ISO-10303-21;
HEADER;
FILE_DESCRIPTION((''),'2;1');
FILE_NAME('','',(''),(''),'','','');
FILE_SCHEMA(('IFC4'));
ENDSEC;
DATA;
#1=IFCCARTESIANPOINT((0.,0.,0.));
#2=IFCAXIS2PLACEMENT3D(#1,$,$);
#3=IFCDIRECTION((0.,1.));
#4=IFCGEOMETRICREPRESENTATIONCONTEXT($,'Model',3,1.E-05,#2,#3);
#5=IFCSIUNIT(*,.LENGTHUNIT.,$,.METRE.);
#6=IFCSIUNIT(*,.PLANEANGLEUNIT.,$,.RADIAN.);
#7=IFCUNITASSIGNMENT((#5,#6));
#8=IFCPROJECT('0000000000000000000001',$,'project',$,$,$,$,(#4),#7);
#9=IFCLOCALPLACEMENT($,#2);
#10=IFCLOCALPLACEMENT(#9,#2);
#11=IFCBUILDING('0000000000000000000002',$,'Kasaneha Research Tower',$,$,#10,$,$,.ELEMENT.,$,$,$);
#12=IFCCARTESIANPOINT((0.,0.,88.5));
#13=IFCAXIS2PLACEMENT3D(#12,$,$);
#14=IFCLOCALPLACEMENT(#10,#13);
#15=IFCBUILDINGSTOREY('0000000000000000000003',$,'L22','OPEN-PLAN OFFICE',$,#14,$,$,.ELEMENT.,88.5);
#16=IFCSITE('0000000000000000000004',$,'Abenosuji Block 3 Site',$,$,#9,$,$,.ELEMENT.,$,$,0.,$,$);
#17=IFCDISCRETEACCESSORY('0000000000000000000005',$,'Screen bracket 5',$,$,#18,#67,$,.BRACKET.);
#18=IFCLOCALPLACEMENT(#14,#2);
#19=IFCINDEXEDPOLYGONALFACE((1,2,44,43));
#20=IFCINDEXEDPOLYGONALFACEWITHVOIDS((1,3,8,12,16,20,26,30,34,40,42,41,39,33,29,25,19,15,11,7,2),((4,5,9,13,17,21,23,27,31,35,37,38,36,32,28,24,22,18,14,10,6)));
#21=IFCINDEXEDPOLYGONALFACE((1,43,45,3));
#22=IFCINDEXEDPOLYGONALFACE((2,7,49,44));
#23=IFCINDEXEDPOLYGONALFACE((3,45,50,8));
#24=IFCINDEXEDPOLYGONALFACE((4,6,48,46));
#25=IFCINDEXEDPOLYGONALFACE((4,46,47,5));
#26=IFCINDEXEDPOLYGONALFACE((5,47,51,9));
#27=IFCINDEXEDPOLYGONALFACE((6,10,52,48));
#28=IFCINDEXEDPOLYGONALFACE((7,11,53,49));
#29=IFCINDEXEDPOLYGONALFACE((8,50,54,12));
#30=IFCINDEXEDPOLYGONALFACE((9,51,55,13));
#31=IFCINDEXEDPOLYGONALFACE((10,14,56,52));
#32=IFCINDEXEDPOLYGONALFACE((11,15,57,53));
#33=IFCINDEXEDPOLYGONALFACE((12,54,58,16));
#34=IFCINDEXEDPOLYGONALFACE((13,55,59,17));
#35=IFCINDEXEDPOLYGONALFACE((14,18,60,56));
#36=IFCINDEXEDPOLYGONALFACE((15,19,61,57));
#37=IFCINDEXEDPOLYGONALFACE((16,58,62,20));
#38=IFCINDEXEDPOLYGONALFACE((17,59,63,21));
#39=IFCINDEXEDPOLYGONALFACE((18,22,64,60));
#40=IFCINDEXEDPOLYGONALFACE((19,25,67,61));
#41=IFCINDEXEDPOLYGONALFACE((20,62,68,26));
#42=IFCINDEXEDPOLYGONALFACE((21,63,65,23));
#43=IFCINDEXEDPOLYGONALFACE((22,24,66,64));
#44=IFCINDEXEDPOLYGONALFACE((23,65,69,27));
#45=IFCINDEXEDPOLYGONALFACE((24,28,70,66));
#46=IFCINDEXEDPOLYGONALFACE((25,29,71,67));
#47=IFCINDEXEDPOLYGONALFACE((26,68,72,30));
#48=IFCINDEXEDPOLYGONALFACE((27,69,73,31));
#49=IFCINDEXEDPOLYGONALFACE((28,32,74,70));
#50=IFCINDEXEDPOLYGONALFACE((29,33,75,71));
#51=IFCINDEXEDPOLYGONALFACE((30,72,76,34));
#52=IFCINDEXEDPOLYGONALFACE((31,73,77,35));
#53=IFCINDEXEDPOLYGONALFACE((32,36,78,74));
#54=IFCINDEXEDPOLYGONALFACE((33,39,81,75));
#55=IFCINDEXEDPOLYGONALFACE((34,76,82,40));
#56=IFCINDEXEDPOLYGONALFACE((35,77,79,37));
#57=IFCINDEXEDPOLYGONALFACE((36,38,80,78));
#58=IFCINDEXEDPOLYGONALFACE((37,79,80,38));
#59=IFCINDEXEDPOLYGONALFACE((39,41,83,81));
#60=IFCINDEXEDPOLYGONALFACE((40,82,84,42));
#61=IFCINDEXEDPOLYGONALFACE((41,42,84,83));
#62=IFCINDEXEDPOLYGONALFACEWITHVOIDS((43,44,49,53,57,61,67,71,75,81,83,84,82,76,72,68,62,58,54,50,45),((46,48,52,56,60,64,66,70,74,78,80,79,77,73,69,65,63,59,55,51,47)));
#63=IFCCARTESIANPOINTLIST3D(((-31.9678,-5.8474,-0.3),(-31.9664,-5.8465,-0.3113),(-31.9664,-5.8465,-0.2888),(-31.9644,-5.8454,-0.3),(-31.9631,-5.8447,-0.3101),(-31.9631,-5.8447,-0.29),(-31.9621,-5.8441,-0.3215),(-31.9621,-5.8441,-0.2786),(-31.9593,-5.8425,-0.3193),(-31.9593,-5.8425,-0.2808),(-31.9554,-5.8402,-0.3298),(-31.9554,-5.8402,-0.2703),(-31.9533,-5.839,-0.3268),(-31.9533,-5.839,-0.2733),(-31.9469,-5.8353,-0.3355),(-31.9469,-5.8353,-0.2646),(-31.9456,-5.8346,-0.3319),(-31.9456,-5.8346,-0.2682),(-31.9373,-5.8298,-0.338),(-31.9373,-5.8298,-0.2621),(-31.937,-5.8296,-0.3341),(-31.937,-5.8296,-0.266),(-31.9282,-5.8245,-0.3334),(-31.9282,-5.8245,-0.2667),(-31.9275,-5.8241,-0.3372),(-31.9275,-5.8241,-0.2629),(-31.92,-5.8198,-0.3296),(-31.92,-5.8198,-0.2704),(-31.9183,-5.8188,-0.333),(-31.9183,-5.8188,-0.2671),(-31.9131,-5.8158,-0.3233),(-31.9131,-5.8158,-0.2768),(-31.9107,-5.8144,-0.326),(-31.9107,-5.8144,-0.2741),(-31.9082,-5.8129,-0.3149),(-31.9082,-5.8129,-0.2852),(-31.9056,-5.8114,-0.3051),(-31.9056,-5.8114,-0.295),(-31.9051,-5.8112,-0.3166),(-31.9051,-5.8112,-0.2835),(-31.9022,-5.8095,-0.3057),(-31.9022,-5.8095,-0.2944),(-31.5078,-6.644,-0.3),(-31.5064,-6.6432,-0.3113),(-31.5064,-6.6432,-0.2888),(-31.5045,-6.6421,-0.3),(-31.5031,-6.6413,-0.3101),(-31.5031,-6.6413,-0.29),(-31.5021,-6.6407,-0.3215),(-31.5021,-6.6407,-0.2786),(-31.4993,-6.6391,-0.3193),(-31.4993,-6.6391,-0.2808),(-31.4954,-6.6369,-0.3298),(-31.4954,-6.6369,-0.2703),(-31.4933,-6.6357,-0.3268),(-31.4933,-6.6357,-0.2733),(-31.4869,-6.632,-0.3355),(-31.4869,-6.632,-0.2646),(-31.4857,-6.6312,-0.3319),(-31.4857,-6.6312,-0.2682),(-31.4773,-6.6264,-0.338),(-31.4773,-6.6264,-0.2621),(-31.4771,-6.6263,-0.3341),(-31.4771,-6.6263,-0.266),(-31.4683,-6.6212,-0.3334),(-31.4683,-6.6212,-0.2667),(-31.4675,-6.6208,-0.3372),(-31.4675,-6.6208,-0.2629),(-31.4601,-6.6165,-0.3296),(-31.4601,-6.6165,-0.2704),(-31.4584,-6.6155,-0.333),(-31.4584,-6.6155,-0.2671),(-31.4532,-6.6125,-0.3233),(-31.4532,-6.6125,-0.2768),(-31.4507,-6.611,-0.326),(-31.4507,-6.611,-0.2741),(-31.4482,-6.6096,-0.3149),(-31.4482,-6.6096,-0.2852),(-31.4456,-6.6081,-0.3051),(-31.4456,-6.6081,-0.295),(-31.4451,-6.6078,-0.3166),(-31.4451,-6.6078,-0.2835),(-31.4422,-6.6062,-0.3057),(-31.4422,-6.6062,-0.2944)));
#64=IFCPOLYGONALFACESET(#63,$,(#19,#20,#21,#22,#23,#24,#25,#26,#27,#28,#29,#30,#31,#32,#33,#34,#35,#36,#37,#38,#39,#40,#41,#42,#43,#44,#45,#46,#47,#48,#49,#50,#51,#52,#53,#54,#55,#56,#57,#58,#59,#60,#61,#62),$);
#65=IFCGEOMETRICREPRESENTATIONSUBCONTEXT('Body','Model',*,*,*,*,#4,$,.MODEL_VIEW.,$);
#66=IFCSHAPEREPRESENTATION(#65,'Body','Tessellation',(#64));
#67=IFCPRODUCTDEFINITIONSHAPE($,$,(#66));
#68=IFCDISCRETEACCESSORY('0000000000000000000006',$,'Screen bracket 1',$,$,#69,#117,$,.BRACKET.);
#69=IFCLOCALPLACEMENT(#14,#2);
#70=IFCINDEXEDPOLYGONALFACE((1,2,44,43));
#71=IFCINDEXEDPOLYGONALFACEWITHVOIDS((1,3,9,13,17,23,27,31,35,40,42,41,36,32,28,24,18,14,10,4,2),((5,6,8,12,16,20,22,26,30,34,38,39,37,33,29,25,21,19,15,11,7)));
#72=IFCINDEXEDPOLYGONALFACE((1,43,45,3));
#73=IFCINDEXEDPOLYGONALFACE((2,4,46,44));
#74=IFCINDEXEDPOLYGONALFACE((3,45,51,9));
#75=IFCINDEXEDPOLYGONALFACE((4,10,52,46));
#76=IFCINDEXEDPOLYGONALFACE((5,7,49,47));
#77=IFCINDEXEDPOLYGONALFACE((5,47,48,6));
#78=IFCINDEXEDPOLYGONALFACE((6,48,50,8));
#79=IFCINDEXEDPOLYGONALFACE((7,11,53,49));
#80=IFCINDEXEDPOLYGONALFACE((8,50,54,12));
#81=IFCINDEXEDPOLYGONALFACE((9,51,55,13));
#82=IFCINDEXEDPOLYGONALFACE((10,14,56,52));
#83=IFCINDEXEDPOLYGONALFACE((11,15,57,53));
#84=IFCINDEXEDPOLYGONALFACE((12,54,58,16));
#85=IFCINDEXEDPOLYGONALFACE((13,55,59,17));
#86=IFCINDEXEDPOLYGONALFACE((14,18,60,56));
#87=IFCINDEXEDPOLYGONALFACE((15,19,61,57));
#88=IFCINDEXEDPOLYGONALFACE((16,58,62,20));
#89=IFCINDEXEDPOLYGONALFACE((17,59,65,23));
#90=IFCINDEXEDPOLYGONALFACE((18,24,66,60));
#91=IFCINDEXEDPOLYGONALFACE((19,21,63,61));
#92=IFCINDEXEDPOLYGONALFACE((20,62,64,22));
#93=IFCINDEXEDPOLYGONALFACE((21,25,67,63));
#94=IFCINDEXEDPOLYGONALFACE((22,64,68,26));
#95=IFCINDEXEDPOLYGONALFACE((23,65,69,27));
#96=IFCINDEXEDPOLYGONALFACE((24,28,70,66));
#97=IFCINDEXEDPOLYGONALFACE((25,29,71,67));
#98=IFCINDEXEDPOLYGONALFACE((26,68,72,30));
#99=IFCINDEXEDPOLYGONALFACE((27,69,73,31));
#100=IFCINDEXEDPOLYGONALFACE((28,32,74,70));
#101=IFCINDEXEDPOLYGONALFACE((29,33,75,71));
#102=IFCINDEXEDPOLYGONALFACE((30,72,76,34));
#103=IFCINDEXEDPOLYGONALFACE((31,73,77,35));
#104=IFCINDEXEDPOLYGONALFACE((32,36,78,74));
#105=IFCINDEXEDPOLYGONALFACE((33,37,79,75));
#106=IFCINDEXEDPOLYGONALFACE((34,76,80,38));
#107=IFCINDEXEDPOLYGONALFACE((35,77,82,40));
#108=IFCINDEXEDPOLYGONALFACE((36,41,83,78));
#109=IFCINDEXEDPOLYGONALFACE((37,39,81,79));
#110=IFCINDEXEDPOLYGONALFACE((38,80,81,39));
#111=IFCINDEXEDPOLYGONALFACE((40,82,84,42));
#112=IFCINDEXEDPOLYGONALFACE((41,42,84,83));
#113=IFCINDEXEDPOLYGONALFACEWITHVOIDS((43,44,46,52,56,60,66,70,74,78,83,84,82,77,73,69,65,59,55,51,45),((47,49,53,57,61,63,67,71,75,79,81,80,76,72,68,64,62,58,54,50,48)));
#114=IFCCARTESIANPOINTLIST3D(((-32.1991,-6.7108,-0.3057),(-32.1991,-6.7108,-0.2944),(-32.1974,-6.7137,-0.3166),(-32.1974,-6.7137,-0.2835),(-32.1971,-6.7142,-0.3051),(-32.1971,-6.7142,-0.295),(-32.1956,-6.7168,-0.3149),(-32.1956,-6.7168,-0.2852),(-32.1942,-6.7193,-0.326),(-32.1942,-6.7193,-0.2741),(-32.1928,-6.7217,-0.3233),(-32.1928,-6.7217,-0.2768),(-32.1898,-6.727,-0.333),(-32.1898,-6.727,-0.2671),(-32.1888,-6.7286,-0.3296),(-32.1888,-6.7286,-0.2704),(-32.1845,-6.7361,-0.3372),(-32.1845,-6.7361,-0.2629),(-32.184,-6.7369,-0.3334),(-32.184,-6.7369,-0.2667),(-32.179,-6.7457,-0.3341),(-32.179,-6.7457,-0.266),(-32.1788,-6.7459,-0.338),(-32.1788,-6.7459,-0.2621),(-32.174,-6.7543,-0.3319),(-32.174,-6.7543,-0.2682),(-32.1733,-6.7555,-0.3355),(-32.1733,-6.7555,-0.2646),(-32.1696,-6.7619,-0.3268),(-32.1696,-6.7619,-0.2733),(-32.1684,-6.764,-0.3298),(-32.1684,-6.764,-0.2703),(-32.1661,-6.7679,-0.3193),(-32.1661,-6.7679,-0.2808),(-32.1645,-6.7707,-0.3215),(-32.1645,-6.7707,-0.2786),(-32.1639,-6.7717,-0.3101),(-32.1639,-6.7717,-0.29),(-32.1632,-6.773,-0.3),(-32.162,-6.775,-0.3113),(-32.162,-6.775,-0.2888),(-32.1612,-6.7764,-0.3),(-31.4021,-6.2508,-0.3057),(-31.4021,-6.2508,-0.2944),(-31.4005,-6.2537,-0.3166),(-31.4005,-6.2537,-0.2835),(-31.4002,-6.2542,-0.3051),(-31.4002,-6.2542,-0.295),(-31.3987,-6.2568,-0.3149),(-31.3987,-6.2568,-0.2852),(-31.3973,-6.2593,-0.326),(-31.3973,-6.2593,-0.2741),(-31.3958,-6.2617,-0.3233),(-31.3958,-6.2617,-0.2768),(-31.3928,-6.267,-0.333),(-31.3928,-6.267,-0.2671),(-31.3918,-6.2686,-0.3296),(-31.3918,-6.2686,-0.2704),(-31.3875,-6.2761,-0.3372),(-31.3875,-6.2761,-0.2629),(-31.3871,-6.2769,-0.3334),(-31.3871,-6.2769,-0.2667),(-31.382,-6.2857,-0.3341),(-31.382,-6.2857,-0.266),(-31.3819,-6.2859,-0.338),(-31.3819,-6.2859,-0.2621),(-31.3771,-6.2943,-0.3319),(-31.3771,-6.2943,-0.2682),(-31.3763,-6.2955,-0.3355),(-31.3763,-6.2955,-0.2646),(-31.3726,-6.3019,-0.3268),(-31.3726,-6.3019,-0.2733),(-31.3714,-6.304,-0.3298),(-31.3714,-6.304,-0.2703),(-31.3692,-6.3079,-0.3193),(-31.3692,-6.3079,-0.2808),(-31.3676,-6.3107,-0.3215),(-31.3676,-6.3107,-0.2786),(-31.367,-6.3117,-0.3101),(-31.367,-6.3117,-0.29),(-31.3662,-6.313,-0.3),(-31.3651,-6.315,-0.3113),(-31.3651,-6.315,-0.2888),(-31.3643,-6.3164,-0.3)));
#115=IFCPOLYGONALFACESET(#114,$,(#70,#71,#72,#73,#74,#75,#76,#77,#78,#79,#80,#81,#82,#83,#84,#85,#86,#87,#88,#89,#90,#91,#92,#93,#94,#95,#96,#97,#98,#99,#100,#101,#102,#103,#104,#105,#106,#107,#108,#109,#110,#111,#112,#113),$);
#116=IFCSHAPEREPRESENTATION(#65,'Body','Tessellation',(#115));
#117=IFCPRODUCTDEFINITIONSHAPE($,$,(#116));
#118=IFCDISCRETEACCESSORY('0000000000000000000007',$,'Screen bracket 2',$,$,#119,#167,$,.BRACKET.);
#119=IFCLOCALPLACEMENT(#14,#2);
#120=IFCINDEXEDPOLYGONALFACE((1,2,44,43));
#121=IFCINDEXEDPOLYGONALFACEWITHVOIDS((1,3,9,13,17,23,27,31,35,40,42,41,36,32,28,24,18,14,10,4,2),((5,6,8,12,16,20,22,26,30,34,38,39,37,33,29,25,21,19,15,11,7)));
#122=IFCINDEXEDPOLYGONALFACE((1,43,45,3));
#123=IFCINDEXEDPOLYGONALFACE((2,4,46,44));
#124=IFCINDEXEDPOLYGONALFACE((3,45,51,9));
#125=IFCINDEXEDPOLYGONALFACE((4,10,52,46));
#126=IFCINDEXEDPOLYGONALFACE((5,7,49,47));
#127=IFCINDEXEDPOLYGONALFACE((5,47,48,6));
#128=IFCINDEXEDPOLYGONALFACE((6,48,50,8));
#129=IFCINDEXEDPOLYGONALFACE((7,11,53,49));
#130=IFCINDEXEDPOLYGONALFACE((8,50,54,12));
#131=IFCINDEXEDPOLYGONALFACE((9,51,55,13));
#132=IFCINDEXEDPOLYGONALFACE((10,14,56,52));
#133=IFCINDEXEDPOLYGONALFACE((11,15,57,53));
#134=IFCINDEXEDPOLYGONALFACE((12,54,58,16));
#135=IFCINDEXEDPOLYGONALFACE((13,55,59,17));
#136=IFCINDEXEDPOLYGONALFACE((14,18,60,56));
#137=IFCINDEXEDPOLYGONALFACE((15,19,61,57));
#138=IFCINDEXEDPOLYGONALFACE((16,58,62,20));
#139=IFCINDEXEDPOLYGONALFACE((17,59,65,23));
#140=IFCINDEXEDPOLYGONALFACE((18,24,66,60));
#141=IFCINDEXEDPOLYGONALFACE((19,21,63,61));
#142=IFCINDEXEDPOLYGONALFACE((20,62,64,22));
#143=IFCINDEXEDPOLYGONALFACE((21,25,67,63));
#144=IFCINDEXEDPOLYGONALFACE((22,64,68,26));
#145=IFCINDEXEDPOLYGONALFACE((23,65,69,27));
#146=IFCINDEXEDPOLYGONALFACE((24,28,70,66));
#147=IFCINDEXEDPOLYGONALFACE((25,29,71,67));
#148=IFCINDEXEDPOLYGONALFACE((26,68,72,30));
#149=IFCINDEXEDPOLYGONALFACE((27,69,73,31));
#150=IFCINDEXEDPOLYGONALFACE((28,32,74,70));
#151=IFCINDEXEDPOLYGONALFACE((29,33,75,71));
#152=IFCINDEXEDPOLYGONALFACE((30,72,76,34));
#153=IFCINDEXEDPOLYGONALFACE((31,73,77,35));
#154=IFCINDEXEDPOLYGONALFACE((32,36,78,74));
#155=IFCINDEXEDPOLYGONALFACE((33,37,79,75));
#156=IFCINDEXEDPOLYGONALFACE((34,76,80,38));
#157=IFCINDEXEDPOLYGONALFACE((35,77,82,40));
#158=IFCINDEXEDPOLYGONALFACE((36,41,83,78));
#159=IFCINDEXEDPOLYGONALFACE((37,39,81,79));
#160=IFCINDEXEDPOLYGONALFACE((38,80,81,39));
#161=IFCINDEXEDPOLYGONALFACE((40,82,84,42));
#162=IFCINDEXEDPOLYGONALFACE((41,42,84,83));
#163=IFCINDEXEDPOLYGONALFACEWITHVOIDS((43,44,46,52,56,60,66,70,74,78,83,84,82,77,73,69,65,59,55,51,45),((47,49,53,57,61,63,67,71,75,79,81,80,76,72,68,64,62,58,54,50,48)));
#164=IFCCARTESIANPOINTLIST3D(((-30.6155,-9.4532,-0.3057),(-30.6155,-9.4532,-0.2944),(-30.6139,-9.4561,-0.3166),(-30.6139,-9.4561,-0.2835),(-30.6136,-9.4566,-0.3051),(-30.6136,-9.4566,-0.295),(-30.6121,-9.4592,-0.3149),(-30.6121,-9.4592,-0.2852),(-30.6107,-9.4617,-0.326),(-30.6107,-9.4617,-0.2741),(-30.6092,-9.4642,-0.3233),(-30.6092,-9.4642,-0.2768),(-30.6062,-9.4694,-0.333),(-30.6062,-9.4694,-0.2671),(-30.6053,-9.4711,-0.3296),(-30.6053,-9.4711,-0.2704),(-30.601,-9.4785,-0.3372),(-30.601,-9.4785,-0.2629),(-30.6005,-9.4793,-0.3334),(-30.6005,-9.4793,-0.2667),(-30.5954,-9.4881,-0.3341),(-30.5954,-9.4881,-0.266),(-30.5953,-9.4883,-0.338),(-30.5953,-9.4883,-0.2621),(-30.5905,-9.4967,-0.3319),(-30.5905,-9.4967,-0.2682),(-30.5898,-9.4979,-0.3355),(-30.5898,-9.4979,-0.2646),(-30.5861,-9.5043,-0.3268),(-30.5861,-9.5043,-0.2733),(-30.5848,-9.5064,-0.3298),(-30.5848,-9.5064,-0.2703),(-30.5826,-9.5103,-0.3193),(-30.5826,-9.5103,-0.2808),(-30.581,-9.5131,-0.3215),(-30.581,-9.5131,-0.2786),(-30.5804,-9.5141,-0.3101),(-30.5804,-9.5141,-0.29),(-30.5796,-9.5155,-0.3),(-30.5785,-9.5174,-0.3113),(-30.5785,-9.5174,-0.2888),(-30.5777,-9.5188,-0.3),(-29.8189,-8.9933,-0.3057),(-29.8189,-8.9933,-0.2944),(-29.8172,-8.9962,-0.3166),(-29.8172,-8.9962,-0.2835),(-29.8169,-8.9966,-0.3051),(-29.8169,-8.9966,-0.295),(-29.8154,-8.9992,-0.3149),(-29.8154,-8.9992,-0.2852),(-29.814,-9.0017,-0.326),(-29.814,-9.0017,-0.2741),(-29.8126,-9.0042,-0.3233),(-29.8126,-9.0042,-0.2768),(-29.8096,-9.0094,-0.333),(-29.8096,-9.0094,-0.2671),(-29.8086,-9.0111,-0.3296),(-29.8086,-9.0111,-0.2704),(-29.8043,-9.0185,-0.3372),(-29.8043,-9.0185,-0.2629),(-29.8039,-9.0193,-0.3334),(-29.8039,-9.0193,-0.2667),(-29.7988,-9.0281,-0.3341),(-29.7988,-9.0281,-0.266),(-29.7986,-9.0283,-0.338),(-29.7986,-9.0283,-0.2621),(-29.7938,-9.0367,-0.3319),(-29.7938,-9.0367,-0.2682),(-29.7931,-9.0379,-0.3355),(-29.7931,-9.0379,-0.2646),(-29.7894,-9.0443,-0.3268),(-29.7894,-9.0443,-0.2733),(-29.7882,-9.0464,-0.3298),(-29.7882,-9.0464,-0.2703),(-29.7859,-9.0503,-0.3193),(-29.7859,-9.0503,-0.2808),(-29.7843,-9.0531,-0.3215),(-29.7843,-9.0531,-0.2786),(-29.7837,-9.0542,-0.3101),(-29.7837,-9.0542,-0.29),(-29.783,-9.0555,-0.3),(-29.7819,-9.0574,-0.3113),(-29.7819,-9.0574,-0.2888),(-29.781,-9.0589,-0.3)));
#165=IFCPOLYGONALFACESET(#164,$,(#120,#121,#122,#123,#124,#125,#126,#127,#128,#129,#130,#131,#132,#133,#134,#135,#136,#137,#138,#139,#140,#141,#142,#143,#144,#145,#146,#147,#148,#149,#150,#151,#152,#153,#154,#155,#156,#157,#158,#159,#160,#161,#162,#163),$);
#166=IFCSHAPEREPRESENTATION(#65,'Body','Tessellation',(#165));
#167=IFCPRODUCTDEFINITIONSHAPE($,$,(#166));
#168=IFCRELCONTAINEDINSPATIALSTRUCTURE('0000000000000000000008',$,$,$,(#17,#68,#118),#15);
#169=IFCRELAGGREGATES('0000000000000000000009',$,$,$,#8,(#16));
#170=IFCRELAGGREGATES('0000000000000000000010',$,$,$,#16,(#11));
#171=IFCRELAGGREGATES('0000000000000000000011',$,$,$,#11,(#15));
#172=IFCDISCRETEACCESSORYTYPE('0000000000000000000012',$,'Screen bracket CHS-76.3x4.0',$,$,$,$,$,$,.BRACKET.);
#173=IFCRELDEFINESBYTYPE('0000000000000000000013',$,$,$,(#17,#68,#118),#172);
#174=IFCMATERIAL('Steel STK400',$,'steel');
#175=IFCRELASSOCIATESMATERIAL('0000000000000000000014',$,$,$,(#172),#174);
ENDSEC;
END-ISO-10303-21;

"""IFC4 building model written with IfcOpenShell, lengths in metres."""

from ifc_helpers import new_model, si_unit, direction, frame, origin, origin_2d, place, context, subcontext, project, spatial, hollow_circle, extrude, material, material_profile, profile_set, type_object, element, save


model = new_model("IFC4")

# Units and contexts
model_context = context("Model", 3, precision=1e-05, world=origin(), true_north=direction((0.0, 1.0)))
body_context = subcontext(model_context, "Body", "Model", "MODEL_VIEW")
ifc_project = project(units=[si_unit("LENGTHUNIT", "METRE"), si_unit("PLANEANGLEUNIT", "RADIAN")], contexts=[model_context])

# Site, building, storey
site_placement = place(None, origin())
site = spatial("IfcSite", under=ifc_project, at=site_placement, Name="Abenosuji Block 3 Site", CompositionType="ELEMENT", RefElevation=0.0)
building_placement = place(site_placement, origin())
building = spatial("IfcBuilding", under=site, at=building_placement, Name="Kasaneha Research Tower", CompositionType="ELEMENT")
storey_placement = place(building_placement, frame((0.0, 0.0, 88.5)))
storey = spatial("IfcBuildingStorey", under=building, at=storey_placement, Name="L22", Description="OPEN-PLAN OFFICE", CompositionType="ELEMENT", Elevation=88.5)

# Discrete accessories
ifc_material_1 = material(Name="Steel STK400", Category="steel")
ifc_material_profile_1 = material_profile(ifc_material_1, hollow_circle(Radius=0.0381, WallThickness=0.0039, at=origin_2d()), Name="CHS-76.3x4.0")
ifc_profile_set_1 = profile_set([ifc_material_profile_1], Name="Steel STK400")
discrete_accessory_type = type_object("IfcDiscreteAccessoryType", Name="Screen bracket CHS-76.3x4.0", PredefinedType="BRACKET", material=ifc_profile_set_1)
discrete_accessory_1_placement = place(storey_placement, frame((-31.4749, -6.625, -0.3), z_axis=(-0.500021, 0.866013, 0.0), x_axis=(-0.866013, -0.500021, 0.0)))
element("IfcDiscreteAccessory", 1, at=discrete_accessory_1_placement, inside=storey, type_object=discrete_accessory_type, Name="Screen bracket 5", PredefinedType="BRACKET", context=body_context, shape_type="SweptSolid", body=[
    extrude(hollow_circle(Radius=0.0381, WallThickness=0.0039, at=origin_2d()), origin(), (0.0, 0.0, 1.0), 0.9199),
])
discrete_accessory_2_placement = place(storey_placement, frame((-31.3833, -6.2834, -0.3), z_axis=(-0.86608, -0.499906, 0.0), x_axis=(0.499906, -0.86608, 0.0)))
element("IfcDiscreteAccessory", 2, at=discrete_accessory_2_placement, inside=storey, type_object=discrete_accessory_type, Name="Screen bracket 1", PredefinedType="BRACKET", context=body_context, shape_type="SweptSolid", body=[
    extrude(hollow_circle(Radius=0.0381, WallThickness=0.0039, at=origin_2d()), origin(), (0.0, 0.0, 1.0), 0.9202),
])
discrete_accessory_3_placement = place(storey_placement, frame((-29.8, -9.0259, -0.3), z_axis=(-0.866013, -0.500021, 0.0), x_axis=(0.500021, -0.866013, 0.0)))
element("IfcDiscreteAccessory", 3, at=discrete_accessory_3_placement, inside=storey, type_object=discrete_accessory_type, Name="Screen bracket 2", PredefinedType="BRACKET", context=body_context, shape_type="SweptSolid", body=[
    extrude(hollow_circle(Radius=0.0381, WallThickness=0.0039, at=origin_2d()), origin(), (0.0, 0.0, 1.0), 0.9199),
])

save(model, "model.ifc")
